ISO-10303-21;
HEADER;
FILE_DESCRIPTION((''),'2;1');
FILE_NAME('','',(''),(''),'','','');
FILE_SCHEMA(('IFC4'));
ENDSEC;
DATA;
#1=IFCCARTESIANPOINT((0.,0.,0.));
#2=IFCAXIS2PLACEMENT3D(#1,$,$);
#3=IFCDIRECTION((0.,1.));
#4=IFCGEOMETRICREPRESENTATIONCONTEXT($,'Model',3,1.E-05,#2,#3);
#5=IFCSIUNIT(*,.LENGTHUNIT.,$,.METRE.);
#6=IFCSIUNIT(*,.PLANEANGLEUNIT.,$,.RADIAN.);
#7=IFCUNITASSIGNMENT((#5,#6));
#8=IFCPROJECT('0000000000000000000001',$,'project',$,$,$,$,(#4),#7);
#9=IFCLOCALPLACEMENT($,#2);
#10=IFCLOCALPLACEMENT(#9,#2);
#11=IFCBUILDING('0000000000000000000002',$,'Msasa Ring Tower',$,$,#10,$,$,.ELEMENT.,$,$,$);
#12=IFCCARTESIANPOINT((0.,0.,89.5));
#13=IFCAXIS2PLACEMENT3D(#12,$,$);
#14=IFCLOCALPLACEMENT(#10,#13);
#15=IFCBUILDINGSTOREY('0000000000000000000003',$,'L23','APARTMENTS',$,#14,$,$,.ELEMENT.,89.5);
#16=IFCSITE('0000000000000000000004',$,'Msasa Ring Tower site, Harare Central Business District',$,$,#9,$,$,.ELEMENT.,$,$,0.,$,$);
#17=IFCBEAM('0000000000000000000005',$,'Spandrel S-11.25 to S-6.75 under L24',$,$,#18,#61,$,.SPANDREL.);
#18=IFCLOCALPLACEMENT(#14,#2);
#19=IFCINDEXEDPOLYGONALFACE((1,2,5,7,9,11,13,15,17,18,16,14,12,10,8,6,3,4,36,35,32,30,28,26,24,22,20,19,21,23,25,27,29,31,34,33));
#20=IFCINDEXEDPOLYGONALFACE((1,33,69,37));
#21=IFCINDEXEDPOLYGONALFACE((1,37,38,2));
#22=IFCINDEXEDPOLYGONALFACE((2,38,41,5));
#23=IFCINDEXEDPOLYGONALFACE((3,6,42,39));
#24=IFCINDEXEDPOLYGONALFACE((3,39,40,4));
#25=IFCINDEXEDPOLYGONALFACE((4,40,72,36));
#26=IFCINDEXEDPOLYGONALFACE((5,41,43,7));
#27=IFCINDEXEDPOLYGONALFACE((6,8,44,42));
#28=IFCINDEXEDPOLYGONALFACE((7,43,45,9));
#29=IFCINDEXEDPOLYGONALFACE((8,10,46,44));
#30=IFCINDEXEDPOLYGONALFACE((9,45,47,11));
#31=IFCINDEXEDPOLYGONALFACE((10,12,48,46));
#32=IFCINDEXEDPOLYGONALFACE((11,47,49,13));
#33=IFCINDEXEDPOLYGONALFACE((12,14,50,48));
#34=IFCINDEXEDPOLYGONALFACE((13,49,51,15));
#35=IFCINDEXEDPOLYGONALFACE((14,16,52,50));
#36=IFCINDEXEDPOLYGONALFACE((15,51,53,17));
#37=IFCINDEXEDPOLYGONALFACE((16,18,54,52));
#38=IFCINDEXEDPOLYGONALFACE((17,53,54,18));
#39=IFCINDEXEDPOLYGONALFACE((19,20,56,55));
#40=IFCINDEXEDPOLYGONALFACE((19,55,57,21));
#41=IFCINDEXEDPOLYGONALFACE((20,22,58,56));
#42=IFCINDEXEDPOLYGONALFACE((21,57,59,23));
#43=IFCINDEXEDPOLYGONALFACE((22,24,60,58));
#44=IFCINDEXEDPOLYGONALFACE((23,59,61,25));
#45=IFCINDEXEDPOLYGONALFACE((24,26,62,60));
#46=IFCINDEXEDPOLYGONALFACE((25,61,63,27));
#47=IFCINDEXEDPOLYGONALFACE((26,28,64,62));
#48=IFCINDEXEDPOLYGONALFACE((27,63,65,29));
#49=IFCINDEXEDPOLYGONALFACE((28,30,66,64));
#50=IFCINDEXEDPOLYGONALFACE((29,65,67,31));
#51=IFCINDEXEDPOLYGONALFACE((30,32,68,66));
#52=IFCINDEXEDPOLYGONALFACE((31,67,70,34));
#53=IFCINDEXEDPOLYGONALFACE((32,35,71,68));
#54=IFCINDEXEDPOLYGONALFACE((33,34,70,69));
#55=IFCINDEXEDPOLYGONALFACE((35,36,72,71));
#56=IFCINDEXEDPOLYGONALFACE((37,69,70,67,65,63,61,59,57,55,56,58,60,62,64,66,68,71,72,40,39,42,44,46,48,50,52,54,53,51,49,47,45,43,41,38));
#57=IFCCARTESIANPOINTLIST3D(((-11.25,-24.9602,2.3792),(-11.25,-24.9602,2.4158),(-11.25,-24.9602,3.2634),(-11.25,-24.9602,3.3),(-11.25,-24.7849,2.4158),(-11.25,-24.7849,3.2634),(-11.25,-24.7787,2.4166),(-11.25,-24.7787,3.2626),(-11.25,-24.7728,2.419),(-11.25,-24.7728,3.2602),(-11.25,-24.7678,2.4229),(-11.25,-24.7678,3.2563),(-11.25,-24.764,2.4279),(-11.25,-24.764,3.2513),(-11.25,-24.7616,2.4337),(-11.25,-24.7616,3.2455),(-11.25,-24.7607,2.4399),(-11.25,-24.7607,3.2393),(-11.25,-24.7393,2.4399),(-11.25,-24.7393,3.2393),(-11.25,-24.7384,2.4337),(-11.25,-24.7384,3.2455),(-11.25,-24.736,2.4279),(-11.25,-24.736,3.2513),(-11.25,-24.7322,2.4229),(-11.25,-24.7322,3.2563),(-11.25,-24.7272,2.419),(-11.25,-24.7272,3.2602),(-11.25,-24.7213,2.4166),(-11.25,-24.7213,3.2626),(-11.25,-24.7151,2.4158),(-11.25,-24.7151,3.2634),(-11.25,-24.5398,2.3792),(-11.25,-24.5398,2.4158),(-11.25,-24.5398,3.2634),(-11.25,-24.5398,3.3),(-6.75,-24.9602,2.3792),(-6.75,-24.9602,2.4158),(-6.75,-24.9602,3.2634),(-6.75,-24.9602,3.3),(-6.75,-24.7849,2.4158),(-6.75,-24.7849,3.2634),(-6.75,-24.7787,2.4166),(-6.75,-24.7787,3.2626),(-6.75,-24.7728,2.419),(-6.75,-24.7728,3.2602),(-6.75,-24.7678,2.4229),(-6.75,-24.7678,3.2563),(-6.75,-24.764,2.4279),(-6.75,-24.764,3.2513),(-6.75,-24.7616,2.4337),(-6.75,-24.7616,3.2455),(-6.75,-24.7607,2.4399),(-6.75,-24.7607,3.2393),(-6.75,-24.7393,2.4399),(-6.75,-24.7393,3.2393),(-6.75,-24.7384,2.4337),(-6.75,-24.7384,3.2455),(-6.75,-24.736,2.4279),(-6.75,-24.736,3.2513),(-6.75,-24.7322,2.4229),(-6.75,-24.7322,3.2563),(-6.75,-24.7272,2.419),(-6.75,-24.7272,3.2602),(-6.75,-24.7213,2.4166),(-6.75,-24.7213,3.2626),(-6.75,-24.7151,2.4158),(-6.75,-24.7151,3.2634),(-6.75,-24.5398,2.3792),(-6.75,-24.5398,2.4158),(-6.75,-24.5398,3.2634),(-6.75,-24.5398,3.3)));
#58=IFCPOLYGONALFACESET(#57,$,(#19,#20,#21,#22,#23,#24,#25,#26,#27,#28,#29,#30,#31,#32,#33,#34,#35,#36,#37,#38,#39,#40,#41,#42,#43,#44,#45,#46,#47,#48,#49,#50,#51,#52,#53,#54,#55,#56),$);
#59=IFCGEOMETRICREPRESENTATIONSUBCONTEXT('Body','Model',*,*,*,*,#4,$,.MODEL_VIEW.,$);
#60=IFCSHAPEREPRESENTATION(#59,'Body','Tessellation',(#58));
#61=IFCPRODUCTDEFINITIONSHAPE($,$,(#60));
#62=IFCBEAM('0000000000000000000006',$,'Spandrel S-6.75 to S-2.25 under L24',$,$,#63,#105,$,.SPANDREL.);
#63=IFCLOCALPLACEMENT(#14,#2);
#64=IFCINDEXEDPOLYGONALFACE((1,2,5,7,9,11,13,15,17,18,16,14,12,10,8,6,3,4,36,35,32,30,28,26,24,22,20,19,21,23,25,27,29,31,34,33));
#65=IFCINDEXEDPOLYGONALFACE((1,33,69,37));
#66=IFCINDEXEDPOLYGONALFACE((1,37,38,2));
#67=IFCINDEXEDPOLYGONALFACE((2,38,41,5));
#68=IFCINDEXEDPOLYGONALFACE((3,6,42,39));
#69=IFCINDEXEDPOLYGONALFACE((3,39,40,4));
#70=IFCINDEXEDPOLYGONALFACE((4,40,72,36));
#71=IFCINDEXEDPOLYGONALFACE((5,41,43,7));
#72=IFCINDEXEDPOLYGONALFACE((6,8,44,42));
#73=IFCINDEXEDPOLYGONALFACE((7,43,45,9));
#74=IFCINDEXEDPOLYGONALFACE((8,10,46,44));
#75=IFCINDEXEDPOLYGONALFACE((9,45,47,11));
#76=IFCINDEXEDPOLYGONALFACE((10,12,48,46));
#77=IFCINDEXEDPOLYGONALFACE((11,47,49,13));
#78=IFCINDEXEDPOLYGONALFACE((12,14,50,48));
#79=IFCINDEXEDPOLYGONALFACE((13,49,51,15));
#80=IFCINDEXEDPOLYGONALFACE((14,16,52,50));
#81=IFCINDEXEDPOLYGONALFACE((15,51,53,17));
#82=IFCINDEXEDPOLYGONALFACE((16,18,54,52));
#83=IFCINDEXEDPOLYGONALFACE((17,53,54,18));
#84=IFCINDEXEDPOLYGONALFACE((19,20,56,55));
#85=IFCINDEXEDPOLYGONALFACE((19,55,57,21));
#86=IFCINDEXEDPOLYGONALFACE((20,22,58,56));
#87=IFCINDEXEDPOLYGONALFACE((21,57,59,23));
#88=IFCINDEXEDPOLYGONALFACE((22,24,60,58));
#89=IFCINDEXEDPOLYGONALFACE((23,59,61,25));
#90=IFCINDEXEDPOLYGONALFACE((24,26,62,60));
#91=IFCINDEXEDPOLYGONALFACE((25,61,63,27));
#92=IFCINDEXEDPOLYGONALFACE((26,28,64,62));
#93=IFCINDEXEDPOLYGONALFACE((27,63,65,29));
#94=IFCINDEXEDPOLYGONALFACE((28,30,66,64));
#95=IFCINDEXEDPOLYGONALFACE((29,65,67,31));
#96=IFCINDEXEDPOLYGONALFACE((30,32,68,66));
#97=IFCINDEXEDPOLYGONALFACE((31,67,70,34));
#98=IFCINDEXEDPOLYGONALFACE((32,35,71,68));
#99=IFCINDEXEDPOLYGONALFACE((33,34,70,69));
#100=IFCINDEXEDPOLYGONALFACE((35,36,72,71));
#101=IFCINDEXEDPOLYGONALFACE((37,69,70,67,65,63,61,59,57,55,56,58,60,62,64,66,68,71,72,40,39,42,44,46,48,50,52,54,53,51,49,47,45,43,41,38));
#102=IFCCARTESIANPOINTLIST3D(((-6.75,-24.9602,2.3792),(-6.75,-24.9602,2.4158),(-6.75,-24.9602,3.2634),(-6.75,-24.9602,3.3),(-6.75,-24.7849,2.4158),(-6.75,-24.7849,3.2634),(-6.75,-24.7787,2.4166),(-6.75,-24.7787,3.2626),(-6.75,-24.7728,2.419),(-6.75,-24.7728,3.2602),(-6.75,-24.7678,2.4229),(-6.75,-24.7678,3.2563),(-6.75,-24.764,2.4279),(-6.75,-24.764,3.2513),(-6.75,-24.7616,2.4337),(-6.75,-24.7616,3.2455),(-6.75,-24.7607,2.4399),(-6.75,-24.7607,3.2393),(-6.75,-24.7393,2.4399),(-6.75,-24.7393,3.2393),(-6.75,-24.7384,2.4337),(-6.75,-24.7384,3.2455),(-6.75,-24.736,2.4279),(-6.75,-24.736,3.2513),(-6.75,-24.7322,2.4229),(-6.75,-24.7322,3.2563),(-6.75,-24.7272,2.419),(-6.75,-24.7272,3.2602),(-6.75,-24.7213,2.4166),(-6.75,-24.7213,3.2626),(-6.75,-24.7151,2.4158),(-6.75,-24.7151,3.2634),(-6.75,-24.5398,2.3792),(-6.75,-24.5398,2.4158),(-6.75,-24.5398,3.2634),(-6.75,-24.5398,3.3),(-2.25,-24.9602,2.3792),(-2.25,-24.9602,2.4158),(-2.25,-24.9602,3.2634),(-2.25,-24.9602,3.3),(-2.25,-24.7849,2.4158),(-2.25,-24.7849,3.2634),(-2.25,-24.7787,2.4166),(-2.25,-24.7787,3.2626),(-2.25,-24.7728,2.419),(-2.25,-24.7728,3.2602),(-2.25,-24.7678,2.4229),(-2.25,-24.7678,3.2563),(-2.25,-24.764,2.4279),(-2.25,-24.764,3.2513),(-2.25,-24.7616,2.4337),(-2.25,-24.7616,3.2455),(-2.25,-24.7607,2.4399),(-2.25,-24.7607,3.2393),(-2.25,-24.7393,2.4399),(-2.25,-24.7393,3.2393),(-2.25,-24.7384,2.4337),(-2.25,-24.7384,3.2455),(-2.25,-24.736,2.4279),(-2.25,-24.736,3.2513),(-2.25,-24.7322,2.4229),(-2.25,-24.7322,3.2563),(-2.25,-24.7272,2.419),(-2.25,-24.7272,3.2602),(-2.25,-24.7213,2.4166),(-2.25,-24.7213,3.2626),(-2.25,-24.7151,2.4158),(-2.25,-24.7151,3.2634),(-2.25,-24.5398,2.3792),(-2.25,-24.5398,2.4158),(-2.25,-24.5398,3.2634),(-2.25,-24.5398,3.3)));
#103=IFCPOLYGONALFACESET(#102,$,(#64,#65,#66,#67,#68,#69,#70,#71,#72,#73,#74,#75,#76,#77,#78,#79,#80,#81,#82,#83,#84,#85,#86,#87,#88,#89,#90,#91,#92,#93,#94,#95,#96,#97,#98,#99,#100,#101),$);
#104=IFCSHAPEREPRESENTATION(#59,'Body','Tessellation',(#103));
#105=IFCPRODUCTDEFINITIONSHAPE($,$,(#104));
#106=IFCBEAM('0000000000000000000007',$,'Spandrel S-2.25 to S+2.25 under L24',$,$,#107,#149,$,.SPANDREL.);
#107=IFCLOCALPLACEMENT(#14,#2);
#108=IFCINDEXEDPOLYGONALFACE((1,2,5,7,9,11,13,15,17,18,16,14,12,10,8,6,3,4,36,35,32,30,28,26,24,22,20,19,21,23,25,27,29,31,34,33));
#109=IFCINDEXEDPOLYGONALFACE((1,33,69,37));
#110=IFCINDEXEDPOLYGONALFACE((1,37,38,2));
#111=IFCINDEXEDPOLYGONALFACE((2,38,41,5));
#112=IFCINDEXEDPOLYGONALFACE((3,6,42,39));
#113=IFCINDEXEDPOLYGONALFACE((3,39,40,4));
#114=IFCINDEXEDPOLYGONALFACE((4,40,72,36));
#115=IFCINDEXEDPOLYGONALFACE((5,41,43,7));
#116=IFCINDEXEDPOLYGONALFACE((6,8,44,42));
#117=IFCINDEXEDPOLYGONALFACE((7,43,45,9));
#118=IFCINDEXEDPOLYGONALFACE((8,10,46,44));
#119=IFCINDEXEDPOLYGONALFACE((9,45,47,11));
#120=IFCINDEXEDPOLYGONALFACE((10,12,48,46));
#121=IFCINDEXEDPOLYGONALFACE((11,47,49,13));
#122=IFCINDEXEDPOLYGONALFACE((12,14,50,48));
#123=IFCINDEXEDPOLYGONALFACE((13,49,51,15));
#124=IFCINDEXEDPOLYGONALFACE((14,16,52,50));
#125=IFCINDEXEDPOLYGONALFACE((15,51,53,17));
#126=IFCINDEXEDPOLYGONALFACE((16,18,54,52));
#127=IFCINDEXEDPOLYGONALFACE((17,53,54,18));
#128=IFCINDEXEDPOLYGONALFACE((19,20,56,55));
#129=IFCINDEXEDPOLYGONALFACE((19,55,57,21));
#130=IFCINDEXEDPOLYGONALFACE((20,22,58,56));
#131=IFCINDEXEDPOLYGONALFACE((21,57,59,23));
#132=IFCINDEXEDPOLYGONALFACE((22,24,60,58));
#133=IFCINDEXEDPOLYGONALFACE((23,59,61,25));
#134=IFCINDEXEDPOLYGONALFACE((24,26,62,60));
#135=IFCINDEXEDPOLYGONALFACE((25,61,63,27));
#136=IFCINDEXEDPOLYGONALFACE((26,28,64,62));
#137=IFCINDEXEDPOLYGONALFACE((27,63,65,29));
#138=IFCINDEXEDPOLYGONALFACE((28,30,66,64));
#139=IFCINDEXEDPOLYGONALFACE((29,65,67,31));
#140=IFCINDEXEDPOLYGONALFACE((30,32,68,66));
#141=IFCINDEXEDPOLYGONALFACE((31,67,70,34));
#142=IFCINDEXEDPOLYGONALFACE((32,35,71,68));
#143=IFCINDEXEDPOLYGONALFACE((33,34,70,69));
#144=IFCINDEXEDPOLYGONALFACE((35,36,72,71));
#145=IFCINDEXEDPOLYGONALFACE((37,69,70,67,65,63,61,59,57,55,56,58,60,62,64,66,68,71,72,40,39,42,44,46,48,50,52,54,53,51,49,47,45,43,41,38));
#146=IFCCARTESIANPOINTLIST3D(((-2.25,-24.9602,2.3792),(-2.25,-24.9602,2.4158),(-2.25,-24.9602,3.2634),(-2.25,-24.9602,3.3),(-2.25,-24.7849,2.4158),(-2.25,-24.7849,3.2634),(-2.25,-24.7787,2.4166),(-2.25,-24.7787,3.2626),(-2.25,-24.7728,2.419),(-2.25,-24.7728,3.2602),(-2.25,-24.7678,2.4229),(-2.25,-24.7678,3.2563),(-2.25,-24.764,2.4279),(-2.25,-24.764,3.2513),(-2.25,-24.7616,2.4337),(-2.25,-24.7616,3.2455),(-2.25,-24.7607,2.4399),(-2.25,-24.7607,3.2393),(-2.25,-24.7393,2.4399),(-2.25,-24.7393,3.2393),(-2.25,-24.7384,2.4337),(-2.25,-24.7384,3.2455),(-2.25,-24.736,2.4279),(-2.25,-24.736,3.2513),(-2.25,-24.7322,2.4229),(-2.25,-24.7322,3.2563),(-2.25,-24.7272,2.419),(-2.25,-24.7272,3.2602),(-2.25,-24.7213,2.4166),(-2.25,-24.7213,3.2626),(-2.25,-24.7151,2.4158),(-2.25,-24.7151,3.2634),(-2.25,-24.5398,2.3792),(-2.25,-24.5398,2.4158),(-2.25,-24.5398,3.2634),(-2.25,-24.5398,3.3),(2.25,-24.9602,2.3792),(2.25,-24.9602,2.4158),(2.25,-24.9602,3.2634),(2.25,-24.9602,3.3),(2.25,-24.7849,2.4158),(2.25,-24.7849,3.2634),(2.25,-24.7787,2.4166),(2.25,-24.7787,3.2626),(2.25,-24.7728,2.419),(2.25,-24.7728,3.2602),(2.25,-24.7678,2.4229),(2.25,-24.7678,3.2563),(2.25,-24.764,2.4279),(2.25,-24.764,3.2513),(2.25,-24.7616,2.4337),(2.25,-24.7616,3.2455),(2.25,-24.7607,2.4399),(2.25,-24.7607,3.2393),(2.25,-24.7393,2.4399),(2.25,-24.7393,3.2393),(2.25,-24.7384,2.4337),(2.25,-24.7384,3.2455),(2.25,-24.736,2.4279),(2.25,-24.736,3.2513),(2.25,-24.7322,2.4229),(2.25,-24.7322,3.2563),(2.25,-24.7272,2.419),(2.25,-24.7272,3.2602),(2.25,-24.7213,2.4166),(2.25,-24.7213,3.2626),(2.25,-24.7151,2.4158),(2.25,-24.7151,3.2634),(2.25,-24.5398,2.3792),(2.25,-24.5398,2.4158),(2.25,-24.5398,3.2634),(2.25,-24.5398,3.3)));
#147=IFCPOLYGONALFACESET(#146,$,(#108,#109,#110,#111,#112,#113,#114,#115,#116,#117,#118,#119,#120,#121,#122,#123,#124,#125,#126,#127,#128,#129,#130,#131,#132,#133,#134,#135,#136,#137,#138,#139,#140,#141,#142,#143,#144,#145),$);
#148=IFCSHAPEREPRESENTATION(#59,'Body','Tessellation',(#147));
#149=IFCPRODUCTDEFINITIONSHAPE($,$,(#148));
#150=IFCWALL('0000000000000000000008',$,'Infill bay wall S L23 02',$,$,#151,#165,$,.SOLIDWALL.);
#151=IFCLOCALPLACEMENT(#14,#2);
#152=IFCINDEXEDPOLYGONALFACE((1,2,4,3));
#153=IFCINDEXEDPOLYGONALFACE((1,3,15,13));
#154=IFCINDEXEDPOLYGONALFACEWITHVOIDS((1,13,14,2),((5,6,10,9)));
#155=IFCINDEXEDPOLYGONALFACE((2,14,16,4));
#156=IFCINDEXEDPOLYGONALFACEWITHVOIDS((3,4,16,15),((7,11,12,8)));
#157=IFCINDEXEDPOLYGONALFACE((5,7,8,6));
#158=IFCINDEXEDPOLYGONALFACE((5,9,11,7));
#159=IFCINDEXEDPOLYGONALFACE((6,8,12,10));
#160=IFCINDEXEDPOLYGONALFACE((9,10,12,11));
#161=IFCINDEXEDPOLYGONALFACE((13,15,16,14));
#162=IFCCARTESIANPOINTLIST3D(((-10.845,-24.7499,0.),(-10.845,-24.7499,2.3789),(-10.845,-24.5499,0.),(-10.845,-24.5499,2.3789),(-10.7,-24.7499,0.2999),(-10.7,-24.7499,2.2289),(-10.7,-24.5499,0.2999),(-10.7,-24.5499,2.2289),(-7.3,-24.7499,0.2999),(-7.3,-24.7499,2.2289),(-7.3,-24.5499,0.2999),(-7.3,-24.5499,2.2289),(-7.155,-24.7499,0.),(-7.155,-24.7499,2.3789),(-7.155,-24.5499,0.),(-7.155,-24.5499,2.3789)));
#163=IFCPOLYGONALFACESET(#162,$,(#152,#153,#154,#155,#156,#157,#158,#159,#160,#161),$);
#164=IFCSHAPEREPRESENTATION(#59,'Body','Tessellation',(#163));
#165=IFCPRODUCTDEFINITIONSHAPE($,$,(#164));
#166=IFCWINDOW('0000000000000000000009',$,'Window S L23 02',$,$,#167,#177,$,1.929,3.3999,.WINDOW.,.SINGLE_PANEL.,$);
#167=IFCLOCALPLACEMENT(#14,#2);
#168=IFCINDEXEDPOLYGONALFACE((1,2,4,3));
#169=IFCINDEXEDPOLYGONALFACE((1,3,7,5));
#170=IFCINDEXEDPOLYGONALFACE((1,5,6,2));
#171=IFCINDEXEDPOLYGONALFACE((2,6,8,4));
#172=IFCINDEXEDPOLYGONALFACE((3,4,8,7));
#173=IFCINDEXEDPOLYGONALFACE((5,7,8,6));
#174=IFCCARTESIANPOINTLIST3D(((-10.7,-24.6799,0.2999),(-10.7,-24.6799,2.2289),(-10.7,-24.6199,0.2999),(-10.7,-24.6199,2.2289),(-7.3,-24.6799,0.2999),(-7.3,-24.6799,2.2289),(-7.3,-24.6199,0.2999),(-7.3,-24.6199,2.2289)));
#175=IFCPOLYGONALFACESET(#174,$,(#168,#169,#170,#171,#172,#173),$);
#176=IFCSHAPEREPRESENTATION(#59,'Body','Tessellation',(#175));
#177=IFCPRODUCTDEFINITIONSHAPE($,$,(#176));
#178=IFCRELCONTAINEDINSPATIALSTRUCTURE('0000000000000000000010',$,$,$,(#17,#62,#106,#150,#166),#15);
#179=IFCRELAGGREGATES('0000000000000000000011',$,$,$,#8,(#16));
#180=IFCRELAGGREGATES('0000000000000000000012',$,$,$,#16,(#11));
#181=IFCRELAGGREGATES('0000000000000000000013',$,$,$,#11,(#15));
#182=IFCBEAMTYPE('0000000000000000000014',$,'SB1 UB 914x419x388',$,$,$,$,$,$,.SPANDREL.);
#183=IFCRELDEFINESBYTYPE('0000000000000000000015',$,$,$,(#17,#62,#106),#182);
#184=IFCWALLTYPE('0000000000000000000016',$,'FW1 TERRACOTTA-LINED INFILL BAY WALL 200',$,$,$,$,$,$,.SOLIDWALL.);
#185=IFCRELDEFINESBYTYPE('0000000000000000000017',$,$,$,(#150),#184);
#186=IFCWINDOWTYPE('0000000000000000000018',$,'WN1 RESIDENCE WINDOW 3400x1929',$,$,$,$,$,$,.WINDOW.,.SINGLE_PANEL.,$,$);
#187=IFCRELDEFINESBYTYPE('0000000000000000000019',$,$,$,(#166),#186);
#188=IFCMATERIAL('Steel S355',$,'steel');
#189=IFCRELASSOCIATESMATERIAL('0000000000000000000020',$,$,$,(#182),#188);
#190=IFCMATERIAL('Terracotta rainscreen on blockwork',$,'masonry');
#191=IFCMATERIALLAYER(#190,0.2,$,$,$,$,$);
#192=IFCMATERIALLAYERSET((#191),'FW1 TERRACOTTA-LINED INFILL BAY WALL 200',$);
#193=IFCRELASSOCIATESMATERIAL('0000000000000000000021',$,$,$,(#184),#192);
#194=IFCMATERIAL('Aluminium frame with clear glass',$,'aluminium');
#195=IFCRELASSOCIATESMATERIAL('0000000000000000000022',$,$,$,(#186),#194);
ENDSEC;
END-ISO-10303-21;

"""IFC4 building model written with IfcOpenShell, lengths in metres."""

from ifc_helpers import new_model, si_unit, direction, frame, frame_2d, origin, origin_2d, place, context, subcontext, project, spatial, rectangle, i_section, extrude, material, layer, layer_set, material_profile, profile_set, type_object, element, fill, save


model = new_model("IFC4")

# Units and contexts
model_context = context("Model", 3, precision=1e-05, world=origin(), true_north=direction((0.0, 1.0)))
body_context = subcontext(model_context, "Body", "Model", "MODEL_VIEW")
ifc_project = project(units=[si_unit("LENGTHUNIT", "METRE"), si_unit("PLANEANGLEUNIT", "RADIAN")], contexts=[model_context])

# Site, building, storey
site_placement = place(None, origin())
site = spatial("IfcSite", under=ifc_project, at=site_placement, Name="Msasa Ring Tower site, Harare Central Business District", CompositionType="ELEMENT", RefElevation=0.0)
building_placement = place(site_placement, origin())
building = spatial("IfcBuilding", under=site, at=building_placement, Name="Msasa Ring Tower", CompositionType="ELEMENT")
storey_placement = place(building_placement, frame((0.0, 0.0, 89.5)))
storey = spatial("IfcBuildingStorey", under=building, at=storey_placement, Name="L23", Description="APARTMENTS", CompositionType="ELEMENT", Elevation=89.5)

# Beams
ifc_material_1 = material(Name="Steel S355", Category="steel")
ifc_material_profile_1 = material_profile(ifc_material_1, i_section(OverallWidth=0.4204, OverallDepth=0.9209, WebThickness=0.0215, FlangeThickness=0.0366, FilletRadius=0.0242, at=origin_2d()), Name="UB 914x419x388")
ifc_profile_set_1 = profile_set([ifc_material_profile_1], Name="Steel S355")
beam_type_1 = type_object("IfcBeamType", Name="SB1 UB 914x419x388", PredefinedType="SPANDREL", material=ifc_profile_set_1)
for number, where, z_axis, x_axis, name in (
    (1, (-11.25, -24.75, 2.8396), (1.0, 0.0, 0.0), (0.0, 1.0, 0.0), "Spandrel S-11.25 to S-6.75 under L24"),
    (2, (-6.75, -24.75, 2.8396), (1.0, 0.0, 0.0), (0.0, 1.0, 0.0), "Spandrel S-6.75 to S-2.25 under L24"),
    (3, (-2.25, -24.75, 2.8396), (1.0, 0.0, 0.0), (0.0, 1.0, 0.0), "Spandrel S-2.25 to S+2.25 under L24"),
):
    element("IfcBeam", number, at=place(storey_placement, frame(where, z_axis=z_axis, x_axis=x_axis)), inside=storey, type_object=beam_type_1, Name=name, PredefinedType="SPANDREL", context=body_context, shape_type="SweptSolid", body=[
        extrude(i_section(OverallWidth=0.4204, OverallDepth=0.9209, WebThickness=0.0215, FlangeThickness=0.0366, FilletRadius=0.0242, at=origin_2d()), origin(), (0.0, 0.0, 1.0), 4.5),
    ])

# Wall, opening, window
ifc_material_2 = material(Name="Terracotta rainscreen on blockwork", Category="masonry")
ifc_layer_1 = layer(ifc_material_2, 0.2)
ifc_layer_set_1 = layer_set([ifc_layer_1], Name="FW1 TERRACOTTA-LINED INFILL BAY WALL 200")
wall_type_1 = type_object("IfcWallType", Name="FW1 TERRACOTTA-LINED INFILL BAY WALL 200", PredefinedType="SOLIDWALL", material=ifc_layer_set_1)
wall_1_placement = place(storey_placement, frame((-10.845, -24.6499, 0.0), z_axis=(0.0, 0.0, 1.0), x_axis=(1.0, 0.0, 0.0)))
wall_1 = element("IfcWall", 4, at=wall_1_placement, inside=storey, type_object=wall_type_1, Name="Infill bay wall S L23 02", PredefinedType="SOLIDWALL", context=body_context, shape_type="SweptSolid", body=[
    extrude(rectangle(XDim=3.6899, YDim=0.2, at=frame_2d((1.845, 0.0))), origin(), (0.0, 0.0, 1.0), 2.3789),
])
opening_1_placement = place(wall_1_placement, frame((0.145, 0.0, 0.3)))
opening_1 = element("IfcOpeningElement", 5, at=opening_1_placement, cuts=wall_1, PredefinedType="OPENING", context=body_context, shape_type="SweptSolid", body=[
    extrude(rectangle(XDim=3.3999, YDim=1.929, at=frame_2d((1.7, 0.9644))), frame((0.0, 0.1099, 0.0), z_axis=(0.0, -1.0, 0.0), x_axis=(1.0, 0.0, 0.0)), (0.0, 0.0, 1.0), 0.22),
])
ifc_material_3 = material(Name="Aluminium frame with clear glass", Category="aluminium")
window_type = type_object("IfcWindowType", Name="WN1 RESIDENCE WINDOW 3400x1929", PartitioningType="SINGLE_PANEL", PredefinedType="WINDOW", material=ifc_material_3)
window_1_placement = place(opening_1_placement, origin())
window_1 = element("IfcWindow", 6, at=window_1_placement, inside=storey, type_object=window_type, Name="Window S L23 02", OverallHeight=1.929, OverallWidth=3.3999, PartitioningType="SINGLE_PANEL", PredefinedType="WINDOW", context=body_context, shape_type="SweptSolid", body=[
    extrude(rectangle(XDim=3.3999, YDim=1.929, at=frame_2d((1.7, 0.9644))), frame((0.0, 0.03, 0.0), z_axis=(0.0, -1.0, 0.0), x_axis=(1.0, 0.0, 0.0)), (0.0, 0.0, 1.0), 0.0601),
])
fill(opening_1, window_1)

save(model, "model.ifc")
